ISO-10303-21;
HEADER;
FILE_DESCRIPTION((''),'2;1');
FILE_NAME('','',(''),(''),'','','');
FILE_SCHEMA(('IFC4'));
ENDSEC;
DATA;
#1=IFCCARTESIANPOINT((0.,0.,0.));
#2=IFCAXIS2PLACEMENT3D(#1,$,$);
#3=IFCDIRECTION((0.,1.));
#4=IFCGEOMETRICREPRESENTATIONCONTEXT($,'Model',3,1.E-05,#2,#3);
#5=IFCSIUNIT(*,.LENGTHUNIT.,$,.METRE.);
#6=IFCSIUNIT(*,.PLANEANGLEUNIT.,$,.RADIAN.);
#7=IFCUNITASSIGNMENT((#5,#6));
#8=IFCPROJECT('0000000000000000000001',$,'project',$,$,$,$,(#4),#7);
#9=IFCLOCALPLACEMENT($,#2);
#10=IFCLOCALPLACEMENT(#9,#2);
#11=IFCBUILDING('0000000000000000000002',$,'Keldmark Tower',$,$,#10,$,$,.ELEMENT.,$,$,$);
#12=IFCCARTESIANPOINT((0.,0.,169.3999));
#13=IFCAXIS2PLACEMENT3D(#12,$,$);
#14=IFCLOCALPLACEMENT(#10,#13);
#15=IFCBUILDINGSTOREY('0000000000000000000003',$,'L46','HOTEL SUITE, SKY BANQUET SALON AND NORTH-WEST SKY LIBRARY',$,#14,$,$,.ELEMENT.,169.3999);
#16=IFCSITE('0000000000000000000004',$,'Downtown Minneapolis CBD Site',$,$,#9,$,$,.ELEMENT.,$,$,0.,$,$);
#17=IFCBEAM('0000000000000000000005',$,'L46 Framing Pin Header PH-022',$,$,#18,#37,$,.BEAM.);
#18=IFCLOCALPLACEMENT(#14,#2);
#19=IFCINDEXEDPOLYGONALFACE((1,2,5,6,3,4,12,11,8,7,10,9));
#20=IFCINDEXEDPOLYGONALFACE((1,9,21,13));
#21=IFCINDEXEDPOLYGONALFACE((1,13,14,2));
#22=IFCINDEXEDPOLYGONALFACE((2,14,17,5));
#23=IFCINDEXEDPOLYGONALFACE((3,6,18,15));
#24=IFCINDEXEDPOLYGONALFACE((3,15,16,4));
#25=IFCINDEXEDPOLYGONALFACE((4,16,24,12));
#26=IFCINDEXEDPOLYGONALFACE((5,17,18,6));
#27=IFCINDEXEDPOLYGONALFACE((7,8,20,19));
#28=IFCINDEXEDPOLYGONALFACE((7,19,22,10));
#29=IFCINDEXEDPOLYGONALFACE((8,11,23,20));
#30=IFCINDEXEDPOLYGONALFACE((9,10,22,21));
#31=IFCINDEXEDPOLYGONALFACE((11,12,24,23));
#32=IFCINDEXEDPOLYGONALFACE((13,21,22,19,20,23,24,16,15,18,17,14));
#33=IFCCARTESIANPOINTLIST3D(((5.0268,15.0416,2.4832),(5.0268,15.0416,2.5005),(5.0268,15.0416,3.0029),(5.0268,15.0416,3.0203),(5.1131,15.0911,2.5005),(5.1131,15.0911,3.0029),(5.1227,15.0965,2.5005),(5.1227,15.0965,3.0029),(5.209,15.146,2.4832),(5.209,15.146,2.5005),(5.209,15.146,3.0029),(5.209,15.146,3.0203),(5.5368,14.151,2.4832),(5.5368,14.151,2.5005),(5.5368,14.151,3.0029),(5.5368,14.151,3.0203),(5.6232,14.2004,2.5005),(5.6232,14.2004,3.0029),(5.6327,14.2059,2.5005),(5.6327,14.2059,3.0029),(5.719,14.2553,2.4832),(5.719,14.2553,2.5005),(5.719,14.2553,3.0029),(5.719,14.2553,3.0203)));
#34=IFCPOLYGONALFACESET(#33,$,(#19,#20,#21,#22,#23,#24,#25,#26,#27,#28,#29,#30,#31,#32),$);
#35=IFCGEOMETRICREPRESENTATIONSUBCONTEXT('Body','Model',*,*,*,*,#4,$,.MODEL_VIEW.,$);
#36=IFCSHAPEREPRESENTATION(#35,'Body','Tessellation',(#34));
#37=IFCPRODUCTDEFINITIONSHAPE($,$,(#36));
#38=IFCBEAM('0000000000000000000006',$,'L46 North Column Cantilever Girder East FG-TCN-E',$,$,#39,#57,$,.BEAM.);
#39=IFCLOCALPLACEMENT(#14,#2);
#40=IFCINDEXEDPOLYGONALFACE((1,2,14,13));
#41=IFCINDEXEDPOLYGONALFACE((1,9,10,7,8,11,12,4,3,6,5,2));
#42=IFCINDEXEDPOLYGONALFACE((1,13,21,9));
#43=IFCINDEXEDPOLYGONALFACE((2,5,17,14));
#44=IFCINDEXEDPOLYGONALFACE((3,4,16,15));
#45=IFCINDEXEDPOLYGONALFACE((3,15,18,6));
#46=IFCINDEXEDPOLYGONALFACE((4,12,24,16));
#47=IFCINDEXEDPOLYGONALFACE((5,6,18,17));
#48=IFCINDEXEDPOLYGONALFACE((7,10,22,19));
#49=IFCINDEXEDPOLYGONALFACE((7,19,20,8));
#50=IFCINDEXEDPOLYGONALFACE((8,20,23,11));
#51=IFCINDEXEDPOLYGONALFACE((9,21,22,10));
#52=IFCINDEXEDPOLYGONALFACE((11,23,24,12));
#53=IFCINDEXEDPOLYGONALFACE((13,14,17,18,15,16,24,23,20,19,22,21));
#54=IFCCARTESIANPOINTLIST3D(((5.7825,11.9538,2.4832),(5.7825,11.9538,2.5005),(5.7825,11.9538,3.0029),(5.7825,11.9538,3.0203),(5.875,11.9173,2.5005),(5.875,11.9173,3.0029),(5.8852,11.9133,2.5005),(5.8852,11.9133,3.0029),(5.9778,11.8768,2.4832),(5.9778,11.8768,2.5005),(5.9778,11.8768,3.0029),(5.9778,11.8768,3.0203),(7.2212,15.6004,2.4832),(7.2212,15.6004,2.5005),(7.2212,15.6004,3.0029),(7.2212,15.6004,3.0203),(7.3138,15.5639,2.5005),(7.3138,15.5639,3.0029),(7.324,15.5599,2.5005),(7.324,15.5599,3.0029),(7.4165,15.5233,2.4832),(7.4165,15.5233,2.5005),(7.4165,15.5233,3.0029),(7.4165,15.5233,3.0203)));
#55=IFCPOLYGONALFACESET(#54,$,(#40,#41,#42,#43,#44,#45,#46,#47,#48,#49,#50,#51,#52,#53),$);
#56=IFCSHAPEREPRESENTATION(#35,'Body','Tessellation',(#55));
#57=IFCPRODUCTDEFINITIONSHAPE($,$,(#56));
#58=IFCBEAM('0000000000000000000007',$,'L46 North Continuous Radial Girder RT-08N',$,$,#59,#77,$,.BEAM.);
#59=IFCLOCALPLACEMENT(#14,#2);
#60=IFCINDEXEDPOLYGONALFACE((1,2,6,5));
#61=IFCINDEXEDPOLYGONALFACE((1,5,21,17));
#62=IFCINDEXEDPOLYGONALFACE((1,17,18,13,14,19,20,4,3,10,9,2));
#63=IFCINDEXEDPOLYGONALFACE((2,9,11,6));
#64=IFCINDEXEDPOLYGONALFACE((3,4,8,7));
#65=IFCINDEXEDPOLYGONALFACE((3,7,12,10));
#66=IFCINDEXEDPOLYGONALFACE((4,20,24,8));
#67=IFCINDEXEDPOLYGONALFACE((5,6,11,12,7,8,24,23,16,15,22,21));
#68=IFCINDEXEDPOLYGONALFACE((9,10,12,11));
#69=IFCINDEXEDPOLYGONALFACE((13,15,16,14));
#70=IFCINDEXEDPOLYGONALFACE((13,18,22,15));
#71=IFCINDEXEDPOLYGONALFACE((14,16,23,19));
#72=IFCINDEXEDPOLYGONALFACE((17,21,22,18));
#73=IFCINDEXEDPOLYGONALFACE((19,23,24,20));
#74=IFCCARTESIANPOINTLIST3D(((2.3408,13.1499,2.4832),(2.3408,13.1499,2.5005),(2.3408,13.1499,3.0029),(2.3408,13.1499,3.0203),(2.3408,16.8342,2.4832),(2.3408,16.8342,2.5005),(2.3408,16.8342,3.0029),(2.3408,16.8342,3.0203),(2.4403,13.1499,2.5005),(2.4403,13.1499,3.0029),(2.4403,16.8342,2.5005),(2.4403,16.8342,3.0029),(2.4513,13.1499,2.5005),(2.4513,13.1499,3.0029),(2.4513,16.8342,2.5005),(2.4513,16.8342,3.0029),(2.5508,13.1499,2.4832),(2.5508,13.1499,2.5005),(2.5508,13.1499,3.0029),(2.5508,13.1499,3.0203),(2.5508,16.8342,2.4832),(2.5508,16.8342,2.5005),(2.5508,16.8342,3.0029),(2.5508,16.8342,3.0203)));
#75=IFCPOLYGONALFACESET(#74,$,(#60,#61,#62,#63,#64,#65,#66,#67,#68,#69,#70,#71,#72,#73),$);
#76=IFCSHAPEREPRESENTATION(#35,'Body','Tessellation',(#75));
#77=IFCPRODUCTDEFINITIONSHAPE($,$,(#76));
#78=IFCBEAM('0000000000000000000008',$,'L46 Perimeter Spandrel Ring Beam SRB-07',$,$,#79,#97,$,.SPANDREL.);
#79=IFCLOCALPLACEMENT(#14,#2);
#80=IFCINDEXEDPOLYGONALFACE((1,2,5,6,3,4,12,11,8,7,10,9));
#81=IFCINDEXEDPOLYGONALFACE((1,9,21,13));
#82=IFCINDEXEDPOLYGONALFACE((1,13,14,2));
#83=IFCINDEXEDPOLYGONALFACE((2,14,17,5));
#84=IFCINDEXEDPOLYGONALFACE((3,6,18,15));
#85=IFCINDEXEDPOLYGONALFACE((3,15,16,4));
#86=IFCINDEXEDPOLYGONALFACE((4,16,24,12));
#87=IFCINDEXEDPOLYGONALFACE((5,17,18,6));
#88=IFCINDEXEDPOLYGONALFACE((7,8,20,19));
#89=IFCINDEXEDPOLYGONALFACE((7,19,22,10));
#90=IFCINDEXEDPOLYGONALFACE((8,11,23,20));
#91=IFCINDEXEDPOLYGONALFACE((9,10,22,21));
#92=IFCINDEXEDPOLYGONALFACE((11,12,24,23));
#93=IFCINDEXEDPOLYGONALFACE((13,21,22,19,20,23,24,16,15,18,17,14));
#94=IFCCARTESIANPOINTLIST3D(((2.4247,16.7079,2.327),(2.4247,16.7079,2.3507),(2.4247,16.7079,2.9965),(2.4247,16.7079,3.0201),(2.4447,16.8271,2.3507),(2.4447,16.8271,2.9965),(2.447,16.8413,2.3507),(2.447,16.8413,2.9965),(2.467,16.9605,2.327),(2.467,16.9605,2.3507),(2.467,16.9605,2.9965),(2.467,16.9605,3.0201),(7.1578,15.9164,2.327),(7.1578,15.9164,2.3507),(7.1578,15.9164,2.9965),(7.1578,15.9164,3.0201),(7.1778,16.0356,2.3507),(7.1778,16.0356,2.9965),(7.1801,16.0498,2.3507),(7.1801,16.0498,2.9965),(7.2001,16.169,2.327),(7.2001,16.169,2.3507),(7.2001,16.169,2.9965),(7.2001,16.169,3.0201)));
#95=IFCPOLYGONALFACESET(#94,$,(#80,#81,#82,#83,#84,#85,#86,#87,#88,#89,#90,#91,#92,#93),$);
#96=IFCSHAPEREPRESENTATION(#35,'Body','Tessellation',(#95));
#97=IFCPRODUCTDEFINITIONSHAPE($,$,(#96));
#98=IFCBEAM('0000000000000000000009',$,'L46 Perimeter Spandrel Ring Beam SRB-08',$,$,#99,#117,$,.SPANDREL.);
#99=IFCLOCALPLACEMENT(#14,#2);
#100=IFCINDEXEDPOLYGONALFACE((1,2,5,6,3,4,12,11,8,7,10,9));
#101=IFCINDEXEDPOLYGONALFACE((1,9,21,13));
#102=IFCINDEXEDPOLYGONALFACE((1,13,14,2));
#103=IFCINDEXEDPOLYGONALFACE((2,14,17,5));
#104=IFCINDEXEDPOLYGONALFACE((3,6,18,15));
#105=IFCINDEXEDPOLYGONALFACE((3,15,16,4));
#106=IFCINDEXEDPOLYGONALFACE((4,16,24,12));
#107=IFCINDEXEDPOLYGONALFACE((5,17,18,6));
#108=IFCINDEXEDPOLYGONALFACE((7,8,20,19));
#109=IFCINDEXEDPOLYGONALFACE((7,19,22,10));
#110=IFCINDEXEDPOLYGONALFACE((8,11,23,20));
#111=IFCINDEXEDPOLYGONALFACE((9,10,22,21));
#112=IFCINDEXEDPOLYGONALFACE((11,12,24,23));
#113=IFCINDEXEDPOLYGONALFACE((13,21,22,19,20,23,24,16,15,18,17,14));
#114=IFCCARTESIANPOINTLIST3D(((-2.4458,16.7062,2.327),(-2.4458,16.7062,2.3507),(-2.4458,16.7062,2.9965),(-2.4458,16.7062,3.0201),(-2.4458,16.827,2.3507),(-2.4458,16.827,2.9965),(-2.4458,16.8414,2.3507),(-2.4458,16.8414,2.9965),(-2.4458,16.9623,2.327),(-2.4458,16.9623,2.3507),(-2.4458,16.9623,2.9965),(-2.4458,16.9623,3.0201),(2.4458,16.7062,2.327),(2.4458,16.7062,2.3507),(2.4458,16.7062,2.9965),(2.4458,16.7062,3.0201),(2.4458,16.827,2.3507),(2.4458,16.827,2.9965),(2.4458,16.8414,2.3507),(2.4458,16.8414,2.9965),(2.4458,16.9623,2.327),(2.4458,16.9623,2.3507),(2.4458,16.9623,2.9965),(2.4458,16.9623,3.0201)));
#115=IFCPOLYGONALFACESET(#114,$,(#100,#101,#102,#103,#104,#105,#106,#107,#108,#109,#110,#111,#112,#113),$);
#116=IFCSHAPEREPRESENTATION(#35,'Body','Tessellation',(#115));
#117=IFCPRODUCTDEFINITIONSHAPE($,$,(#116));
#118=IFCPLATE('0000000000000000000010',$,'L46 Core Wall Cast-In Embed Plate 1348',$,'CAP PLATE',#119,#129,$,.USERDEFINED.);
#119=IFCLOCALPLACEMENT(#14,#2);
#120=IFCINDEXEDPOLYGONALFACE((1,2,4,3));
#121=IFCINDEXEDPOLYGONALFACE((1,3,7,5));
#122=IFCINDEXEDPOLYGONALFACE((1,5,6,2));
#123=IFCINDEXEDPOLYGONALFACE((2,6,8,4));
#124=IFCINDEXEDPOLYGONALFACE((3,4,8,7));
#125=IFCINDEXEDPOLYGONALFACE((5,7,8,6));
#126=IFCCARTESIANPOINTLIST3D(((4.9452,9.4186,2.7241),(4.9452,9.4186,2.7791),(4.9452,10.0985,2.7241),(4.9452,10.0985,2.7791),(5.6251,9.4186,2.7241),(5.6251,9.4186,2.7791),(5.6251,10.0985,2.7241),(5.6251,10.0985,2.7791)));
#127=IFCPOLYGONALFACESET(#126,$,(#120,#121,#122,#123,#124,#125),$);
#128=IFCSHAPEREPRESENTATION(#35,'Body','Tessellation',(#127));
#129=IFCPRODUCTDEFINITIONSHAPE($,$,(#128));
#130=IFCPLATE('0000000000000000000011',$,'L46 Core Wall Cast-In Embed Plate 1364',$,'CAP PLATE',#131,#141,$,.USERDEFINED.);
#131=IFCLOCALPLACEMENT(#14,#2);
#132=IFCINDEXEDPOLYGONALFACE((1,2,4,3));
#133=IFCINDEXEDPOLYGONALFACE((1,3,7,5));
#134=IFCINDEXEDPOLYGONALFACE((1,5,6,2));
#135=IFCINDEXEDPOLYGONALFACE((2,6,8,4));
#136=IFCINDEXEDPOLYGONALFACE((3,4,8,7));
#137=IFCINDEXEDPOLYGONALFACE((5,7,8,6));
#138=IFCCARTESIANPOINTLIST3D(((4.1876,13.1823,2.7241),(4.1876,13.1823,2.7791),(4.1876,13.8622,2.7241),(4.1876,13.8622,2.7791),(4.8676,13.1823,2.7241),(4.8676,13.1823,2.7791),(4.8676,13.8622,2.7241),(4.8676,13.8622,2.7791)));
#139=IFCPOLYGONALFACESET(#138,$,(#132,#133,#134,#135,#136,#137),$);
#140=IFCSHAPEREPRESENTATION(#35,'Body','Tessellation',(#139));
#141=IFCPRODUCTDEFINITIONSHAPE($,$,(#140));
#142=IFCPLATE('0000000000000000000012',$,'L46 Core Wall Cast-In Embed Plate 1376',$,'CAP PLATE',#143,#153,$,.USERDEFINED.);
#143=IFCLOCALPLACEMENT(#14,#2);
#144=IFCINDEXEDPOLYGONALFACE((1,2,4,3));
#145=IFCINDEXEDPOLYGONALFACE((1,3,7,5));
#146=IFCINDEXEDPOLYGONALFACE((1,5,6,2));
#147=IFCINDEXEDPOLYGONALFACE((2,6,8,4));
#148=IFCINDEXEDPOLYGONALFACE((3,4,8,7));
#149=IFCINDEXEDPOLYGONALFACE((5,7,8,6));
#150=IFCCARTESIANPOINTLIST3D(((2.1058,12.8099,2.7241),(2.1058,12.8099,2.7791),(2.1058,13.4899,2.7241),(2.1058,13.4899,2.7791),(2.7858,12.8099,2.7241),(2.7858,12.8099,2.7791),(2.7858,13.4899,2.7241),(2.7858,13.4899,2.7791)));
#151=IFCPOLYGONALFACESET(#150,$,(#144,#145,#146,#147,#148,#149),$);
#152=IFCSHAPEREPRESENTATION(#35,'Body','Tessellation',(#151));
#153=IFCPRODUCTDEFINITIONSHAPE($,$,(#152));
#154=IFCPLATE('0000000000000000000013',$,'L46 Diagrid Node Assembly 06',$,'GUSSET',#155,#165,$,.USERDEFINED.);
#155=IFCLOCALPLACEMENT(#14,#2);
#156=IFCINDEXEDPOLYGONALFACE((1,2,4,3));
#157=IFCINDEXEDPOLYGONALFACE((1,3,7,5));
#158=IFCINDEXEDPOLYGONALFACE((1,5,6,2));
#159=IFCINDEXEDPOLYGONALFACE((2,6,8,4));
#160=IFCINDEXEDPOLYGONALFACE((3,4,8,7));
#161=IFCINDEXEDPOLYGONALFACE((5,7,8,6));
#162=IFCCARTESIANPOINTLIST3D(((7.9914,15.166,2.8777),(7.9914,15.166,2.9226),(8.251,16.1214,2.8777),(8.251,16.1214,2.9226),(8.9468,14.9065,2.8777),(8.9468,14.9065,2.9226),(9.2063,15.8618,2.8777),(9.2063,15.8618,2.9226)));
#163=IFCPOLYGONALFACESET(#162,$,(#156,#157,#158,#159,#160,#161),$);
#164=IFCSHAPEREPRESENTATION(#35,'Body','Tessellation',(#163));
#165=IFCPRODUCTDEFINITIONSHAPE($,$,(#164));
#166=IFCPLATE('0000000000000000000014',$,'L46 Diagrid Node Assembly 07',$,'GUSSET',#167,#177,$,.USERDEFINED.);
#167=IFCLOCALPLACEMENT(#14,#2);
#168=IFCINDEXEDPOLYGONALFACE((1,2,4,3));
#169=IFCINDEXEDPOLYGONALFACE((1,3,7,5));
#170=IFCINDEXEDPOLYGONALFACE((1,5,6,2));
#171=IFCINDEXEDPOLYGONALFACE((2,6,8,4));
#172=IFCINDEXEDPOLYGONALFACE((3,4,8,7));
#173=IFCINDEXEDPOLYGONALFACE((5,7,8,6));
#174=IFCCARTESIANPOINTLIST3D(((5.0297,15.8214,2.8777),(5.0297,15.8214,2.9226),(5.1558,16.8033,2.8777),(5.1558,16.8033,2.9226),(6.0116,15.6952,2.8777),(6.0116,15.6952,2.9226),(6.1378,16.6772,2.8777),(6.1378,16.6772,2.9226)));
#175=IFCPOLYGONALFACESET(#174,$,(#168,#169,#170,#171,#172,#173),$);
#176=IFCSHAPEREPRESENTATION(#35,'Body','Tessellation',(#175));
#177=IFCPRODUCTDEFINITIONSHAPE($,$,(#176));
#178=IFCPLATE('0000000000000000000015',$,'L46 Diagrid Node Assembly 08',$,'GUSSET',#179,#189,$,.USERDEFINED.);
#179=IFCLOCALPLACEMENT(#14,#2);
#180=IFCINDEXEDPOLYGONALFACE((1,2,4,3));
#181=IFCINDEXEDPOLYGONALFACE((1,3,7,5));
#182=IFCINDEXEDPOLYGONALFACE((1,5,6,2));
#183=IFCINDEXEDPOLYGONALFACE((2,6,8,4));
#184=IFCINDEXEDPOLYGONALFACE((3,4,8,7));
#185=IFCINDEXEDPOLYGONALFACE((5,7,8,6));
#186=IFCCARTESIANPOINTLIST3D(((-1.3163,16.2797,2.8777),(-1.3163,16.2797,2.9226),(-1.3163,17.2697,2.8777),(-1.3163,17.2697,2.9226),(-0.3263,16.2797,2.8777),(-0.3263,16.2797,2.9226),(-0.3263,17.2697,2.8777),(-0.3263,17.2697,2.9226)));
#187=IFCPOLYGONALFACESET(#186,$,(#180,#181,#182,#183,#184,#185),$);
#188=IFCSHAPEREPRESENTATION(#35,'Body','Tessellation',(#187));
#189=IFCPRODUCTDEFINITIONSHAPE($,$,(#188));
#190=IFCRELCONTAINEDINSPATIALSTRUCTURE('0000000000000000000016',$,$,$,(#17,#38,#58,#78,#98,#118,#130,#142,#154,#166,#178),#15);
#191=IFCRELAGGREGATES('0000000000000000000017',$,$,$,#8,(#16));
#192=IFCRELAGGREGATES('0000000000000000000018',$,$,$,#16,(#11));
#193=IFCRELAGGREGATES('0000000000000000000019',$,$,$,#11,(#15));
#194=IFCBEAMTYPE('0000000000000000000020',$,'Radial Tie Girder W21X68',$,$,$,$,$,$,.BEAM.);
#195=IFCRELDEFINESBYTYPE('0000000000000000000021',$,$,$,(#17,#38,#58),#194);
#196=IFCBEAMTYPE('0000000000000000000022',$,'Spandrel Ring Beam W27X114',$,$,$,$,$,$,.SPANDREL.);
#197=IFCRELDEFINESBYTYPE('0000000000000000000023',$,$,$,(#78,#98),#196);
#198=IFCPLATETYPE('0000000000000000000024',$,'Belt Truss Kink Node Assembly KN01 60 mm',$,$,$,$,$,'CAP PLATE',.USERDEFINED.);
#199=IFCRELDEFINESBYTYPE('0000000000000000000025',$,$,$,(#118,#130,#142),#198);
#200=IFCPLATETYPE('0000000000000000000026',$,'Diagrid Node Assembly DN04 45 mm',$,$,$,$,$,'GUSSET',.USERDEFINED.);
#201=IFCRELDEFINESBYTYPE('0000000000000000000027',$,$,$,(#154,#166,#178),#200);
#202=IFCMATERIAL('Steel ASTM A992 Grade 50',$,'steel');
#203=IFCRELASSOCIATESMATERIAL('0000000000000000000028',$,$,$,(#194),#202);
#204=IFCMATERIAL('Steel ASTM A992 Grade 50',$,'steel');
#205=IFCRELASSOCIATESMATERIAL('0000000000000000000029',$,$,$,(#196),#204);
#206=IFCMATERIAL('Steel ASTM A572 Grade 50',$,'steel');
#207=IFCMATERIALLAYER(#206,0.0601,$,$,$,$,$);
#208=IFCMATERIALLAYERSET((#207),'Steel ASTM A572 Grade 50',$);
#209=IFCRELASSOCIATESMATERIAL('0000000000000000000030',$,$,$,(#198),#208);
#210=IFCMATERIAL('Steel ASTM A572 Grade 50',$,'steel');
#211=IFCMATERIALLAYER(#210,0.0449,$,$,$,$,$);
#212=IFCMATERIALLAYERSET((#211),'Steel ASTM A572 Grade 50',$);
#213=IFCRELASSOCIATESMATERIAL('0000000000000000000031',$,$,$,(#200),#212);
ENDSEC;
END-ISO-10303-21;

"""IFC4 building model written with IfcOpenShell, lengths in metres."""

from ifc_helpers import new_model, si_unit, direction, frame, origin, origin_2d, place, context, subcontext, project, spatial, rectangle, i_section, extrude, material, layer, layer_set, material_profile, profile_set, type_object, element, save


model = new_model("IFC4")

# Units and contexts
model_context = context("Model", 3, precision=1e-05, world=origin(), true_north=direction((0.0, 1.0)))
body_context = subcontext(model_context, "Body", "Model", "MODEL_VIEW")
ifc_project = project(units=[si_unit("LENGTHUNIT", "METRE"), si_unit("PLANEANGLEUNIT", "RADIAN")], contexts=[model_context])

# Site, building, storey
site_placement = place(None, origin())
site = spatial("IfcSite", under=ifc_project, at=site_placement, Name="Downtown Minneapolis CBD Site", CompositionType="ELEMENT", RefElevation=0.0)
building_placement = place(site_placement, origin())
building = spatial("IfcBuilding", under=site, at=building_placement, Name="Keldmark Tower", CompositionType="ELEMENT")
storey_placement = place(building_placement, frame((0.0, 0.0, 169.3999)))
storey = spatial("IfcBuildingStorey", under=building, at=storey_placement, Name="L46", Description="HOTEL SUITE, SKY BANQUET SALON AND NORTH-WEST SKY LIBRARY", CompositionType="ELEMENT", Elevation=169.3999)

# Beams
ifc_material_1 = material(Name="Steel ASTM A992 Grade 50", Category="steel")
ifc_material_profile_1 = material_profile(ifc_material_1, i_section(OverallWidth=0.21, OverallDepth=0.5371, WebThickness=0.011, FlangeThickness=0.0173, at=origin_2d()), Name="W21X68")
ifc_profile_set_1 = profile_set([ifc_material_profile_1], Name="Steel ASTM A992 Grade 50")
beam_type_1 = type_object("IfcBeamType", Name="Radial Tie Girder W21X68", PredefinedType="BEAM", material=ifc_profile_set_1)
beam_1_placement = place(storey_placement, frame((5.6279, 14.2031, 2.7517), z_axis=(-0.496933, 0.867789, 0.0), x_axis=(-0.867789, -0.496933, 0.0)))
element("IfcBeam", 1, at=beam_1_placement, inside=storey, type_object=beam_type_1, Name="L46 Framing Pin Header PH-022", PredefinedType="BEAM", context=body_context, shape_type="SweptSolid", body=[
    extrude(i_section(OverallWidth=0.21, OverallDepth=0.5371, WebThickness=0.011, FlangeThickness=0.0173, at=origin_2d()), origin(), (0.0, 0.0, 1.0), 1.0264),
])
beam_2_placement = place(storey_placement, frame((5.8801, 11.9153, 2.7517), z_axis=(0.367016, 0.930215, 0.0), x_axis=(-0.930215, 0.367016, 0.0)))
element("IfcBeam", 2, at=beam_2_placement, inside=storey, type_object=beam_type_1, Name="L46 North Column Cantilever Girder East FG-TCN-E", PredefinedType="BEAM", context=body_context, shape_type="SweptSolid", body=[
    extrude(i_section(OverallWidth=0.21, OverallDepth=0.5371, WebThickness=0.011, FlangeThickness=0.0173, at=origin_2d()), origin(), (0.0, 0.0, 1.0), 3.9202),
])
beam_3_placement = place(storey_placement, frame((2.4458, 13.1499, 2.7517), z_axis=(0.0, 1.0, 0.0), x_axis=(-1.0, 0.0, 0.0)))
element("IfcBeam", 3, at=beam_3_placement, inside=storey, type_object=beam_type_1, Name="L46 North Continuous Radial Girder RT-08N", PredefinedType="BEAM", context=body_context, shape_type="SweptSolid", body=[
    extrude(i_section(OverallWidth=0.21, OverallDepth=0.5371, WebThickness=0.011, FlangeThickness=0.0173, at=origin_2d()), origin(), (0.0, 0.0, 1.0), 3.6843),
])
ifc_material_2 = material(Name="Steel ASTM A992 Grade 50", Category="steel")
ifc_material_profile_2 = material_profile(ifc_material_2, i_section(OverallWidth=0.2561, OverallDepth=0.6931, WebThickness=0.0144, FlangeThickness=0.0237, at=origin_2d()), Name="W27X114")
ifc_profile_set_2 = profile_set([ifc_material_profile_2], Name="Steel ASTM A992 Grade 50")
beam_type_2 = type_object("IfcBeamType", Name="Spandrel Ring Beam W27X114", PredefinedType="SPANDREL", material=ifc_profile_set_2)
beam_4_placement = place(storey_placement, frame((7.179, 16.0427, 2.6736), z_axis=(-0.986304, 0.164935, 0.0), x_axis=(-0.164935, -0.986304, 0.0)))
element("IfcBeam", 4, at=beam_4_placement, inside=storey, type_object=beam_type_2, Name="L46 Perimeter Spandrel Ring Beam SRB-07", PredefinedType="SPANDREL", context=body_context, shape_type="SweptSolid", body=[
    extrude(i_section(OverallWidth=0.2561, OverallDepth=0.6931, WebThickness=0.0144, FlangeThickness=0.0237, at=origin_2d()), origin(), (0.0, 0.0, 1.0), 4.7988),
])
beam_5_placement = place(storey_placement, frame((2.4458, 16.8342, 2.6736), z_axis=(-1.0, 0.0, 0.0), x_axis=(0.0, -1.0, 0.0)))
element("IfcBeam", 5, at=beam_5_placement, inside=storey, type_object=beam_type_2, Name="L46 Perimeter Spandrel Ring Beam SRB-08", PredefinedType="SPANDREL", context=body_context, shape_type="SweptSolid", body=[
    extrude(i_section(OverallWidth=0.2561, OverallDepth=0.6931, WebThickness=0.0144, FlangeThickness=0.0237, at=origin_2d()), origin(), (0.0, 0.0, 1.0), 4.8916),
])

# Plates
ifc_material_3 = material(Name="Steel ASTM A572 Grade 50", Category="steel")
ifc_layer_1 = layer(ifc_material_3, 0.0601)
ifc_layer_set_1 = layer_set([ifc_layer_1], Name="Steel ASTM A572 Grade 50")
plate_type_1 = type_object("IfcPlateType", Name="Belt Truss Kink Node Assembly KN01 60 mm", ElementType="CAP PLATE", PredefinedType="USERDEFINED", material=ifc_layer_set_1)
for number, where, z_axis, x_axis, name in (
    (6, (5.2852, 9.7585, 2.7241), (0.0, 0.0, 1.0), (1.0, 0.0, 0.0), "L46 Core Wall Cast-In Embed Plate 1348"),
    (7, (4.5276, 13.5222, 2.7241), (0.0, 0.0, 1.0), (1.0, 0.0, 0.0), "L46 Core Wall Cast-In Embed Plate 1364"),
    (8, (2.4458, 13.1499, 2.7241), (0.0, 0.0, 1.0), (1.0, 0.0, 0.0), "L46 Core Wall Cast-In Embed Plate 1376"),
):
    element("IfcPlate", number, at=place(storey_placement, frame(where, z_axis=z_axis, x_axis=x_axis)), inside=storey, type_object=plate_type_1, Name=name, ObjectType="CAP PLATE", PredefinedType="USERDEFINED", context=body_context, shape_type="SweptSolid", body=[
        extrude(rectangle(XDim=0.6799, YDim=0.6799, at=origin_2d()), origin(), (0.0, 0.0, 1.0), 0.0549),
    ])
ifc_material_4 = material(Name="Steel ASTM A572 Grade 50", Category="steel")
ifc_layer_2 = layer(ifc_material_4, 0.0449)
ifc_layer_set_2 = layer_set([ifc_layer_2], Name="Steel ASTM A572 Grade 50")
plate_type_2 = type_object("IfcPlateType", Name="Diagrid Node Assembly DN04 45 mm", ElementType="GUSSET", PredefinedType="USERDEFINED", material=ifc_layer_set_2)
for number, where, z_axis, x_axis, name in (
    (9, (8.5989, 15.5139, 2.8777), (0.0, 0.0, 1.0), (-0.965016, 0.262189, 0.0), "L46 Diagrid Node Assembly 06"),
    (10, (5.5837, 16.2493, 2.8777), (0.0, 0.0, 1.0), (-0.99185, 0.127411, 0.0), "L46 Diagrid Node Assembly 07"),
    (11, (-0.8213, 16.7747, 2.8777), (0.0, 0.0, 1.0), (-1.0, 0.0, 0.0), "L46 Diagrid Node Assembly 08"),
):
    element("IfcPlate", number, at=place(storey_placement, frame(where, z_axis=z_axis, x_axis=x_axis)), inside=storey, type_object=plate_type_2, Name=name, ObjectType="GUSSET", PredefinedType="USERDEFINED", context=body_context, shape_type="SweptSolid", body=[
        extrude(rectangle(XDim=0.99, YDim=0.99, at=origin_2d()), origin(), (0.0, 0.0, 1.0), 0.0449),
    ])

save(model, "model.ifc")
